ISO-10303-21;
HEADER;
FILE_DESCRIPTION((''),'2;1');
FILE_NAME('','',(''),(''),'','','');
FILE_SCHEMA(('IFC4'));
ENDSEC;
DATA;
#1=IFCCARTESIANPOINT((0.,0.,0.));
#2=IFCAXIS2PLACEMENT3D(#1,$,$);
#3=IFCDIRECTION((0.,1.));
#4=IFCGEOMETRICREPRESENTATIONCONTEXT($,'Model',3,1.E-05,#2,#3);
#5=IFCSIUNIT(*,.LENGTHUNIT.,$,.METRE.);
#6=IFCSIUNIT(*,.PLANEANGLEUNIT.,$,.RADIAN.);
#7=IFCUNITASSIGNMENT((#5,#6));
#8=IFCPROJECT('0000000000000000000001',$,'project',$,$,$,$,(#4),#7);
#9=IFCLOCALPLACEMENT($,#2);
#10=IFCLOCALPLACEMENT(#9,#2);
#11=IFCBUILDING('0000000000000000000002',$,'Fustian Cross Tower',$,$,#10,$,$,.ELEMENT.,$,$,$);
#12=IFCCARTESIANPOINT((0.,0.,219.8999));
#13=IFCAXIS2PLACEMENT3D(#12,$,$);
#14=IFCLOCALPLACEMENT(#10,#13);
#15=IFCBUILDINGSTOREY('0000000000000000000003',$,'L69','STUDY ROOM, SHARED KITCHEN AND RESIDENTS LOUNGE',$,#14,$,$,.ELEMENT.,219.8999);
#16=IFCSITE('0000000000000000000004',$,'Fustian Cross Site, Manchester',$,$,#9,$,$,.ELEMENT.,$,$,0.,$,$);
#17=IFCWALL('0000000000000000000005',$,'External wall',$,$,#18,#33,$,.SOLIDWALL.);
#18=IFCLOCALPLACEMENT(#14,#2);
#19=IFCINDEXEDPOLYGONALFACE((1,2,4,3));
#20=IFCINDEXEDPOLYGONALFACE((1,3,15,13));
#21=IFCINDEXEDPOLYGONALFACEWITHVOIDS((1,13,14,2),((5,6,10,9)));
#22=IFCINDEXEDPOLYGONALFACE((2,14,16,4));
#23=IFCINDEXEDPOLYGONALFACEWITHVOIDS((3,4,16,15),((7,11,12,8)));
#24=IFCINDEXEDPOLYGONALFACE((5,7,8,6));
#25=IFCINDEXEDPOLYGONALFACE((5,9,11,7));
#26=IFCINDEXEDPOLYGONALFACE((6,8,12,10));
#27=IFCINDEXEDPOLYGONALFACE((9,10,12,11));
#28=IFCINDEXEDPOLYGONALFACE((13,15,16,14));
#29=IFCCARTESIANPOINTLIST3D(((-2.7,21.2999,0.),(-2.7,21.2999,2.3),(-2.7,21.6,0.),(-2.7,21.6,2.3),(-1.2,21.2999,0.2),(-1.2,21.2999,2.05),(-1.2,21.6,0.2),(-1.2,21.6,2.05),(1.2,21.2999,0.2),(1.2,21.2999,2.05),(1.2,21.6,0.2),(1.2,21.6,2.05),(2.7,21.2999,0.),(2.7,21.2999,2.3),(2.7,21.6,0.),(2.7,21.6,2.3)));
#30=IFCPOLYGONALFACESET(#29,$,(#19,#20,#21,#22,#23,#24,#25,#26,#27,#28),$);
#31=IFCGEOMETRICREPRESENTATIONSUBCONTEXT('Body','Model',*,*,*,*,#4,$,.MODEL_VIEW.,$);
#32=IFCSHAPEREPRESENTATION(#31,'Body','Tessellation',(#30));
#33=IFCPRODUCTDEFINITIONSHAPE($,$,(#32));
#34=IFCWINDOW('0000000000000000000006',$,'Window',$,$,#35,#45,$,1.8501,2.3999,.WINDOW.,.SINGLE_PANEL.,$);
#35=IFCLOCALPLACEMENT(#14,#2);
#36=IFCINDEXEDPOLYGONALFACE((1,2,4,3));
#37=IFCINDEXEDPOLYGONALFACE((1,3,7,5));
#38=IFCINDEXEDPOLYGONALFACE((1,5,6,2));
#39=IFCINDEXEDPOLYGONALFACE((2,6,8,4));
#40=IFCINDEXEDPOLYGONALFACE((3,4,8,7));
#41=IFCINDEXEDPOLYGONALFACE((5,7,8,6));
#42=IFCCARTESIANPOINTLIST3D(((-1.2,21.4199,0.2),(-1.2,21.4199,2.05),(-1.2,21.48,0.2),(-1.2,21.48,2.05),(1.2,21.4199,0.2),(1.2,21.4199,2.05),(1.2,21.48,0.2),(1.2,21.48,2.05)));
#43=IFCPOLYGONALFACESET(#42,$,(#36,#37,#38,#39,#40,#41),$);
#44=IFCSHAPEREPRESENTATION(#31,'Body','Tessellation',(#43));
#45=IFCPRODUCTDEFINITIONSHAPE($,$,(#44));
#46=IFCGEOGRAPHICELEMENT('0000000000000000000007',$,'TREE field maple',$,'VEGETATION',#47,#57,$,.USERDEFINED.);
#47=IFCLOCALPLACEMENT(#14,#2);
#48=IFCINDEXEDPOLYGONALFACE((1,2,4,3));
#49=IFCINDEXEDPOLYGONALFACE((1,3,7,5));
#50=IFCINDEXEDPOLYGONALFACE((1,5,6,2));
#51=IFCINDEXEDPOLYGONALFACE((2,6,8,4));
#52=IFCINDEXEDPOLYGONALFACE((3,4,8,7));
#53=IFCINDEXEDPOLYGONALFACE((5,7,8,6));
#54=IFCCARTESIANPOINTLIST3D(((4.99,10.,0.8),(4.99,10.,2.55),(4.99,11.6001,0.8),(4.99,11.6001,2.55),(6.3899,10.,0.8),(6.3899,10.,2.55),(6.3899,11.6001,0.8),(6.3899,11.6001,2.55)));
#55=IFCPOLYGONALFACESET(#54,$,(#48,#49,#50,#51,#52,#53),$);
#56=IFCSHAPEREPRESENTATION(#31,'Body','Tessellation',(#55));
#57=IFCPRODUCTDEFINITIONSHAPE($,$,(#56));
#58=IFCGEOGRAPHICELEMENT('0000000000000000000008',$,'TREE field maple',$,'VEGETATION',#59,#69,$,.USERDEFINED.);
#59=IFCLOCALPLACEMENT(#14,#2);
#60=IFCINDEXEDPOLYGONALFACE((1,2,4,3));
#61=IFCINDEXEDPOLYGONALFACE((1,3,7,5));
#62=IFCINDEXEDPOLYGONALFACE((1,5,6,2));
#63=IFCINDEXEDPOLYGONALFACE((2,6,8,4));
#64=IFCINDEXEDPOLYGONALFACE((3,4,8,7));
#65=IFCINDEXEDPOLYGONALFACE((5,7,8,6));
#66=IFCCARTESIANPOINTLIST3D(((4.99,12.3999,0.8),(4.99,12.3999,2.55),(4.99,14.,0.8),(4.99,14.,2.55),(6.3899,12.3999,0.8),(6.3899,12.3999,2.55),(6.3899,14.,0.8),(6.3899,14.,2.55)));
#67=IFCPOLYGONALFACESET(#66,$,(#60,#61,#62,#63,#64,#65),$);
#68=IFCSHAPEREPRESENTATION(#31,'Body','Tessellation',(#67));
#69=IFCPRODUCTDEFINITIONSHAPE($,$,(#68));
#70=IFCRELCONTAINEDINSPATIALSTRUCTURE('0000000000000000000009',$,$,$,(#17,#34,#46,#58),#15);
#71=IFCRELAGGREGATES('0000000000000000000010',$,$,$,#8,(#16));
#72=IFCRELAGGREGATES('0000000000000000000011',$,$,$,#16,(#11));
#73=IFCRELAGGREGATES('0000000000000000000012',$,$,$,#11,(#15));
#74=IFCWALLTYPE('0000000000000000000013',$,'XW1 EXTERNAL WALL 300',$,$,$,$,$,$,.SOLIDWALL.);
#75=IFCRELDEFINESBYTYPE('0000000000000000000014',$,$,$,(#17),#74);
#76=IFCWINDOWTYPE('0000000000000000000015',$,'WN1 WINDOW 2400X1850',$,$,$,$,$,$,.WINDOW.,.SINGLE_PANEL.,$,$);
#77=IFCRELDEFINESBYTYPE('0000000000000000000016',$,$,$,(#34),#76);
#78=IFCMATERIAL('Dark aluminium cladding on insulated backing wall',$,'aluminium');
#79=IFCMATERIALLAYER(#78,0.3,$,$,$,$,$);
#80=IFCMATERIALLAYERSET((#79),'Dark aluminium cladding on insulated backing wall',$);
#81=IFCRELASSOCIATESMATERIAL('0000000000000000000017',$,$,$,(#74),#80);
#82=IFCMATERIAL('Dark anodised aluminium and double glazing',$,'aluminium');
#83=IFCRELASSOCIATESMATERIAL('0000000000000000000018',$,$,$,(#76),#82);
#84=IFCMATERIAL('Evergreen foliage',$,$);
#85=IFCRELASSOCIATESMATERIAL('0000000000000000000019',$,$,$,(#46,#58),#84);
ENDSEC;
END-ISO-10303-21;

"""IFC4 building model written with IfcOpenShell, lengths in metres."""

from ifc_helpers import new_model, si_unit, direction, frame, frame_2d, origin, origin_2d, place, context, subcontext, project, spatial, rectangle, extrude, material, layer, layer_set, type_object, element, fill, save


model = new_model("IFC4")

# Units and contexts
model_context = context("Model", 3, precision=1e-05, world=origin(), true_north=direction((0.0, 1.0)))
body_context = subcontext(model_context, "Body", "Model", "MODEL_VIEW")
ifc_project = project(units=[si_unit("LENGTHUNIT", "METRE"), si_unit("PLANEANGLEUNIT", "RADIAN")], contexts=[model_context])

# Site, building, storey
site_placement = place(None, origin())
site = spatial("IfcSite", under=ifc_project, at=site_placement, Name="Fustian Cross Site, Manchester", CompositionType="ELEMENT", RefElevation=0.0)
building_placement = place(site_placement, origin())
building = spatial("IfcBuilding", under=site, at=building_placement, Name="Fustian Cross Tower", CompositionType="ELEMENT")
storey_placement = place(building_placement, frame((0.0, 0.0, 219.8999)))
storey = spatial("IfcBuildingStorey", under=building, at=storey_placement, Name="L69", Description="STUDY ROOM, SHARED KITCHEN AND RESIDENTS LOUNGE", CompositionType="ELEMENT", Elevation=219.8999)

# Shared definitions
ifc_material_1 = material(Name="Dark aluminium cladding on insulated backing wall", Category="aluminium")
ifc_layer_1 = layer(ifc_material_1, 0.3)
ifc_layer_set_1 = layer_set([ifc_layer_1], Name="Dark aluminium cladding on insulated backing wall")
wall_type_1 = type_object("IfcWallType", Name="XW1 EXTERNAL WALL 300", PredefinedType="SOLIDWALL", material=ifc_layer_set_1)

# Wall, opening, window
wall_1_placement = place(storey_placement, frame((2.7, 21.45, 0.0), z_axis=(0.0, 0.0, 1.0), x_axis=(-1.0, 0.0, 0.0)))
wall_1 = element("IfcWall", 1, at=wall_1_placement, inside=storey, type_object=wall_type_1, Name="External wall", PredefinedType="SOLIDWALL", context=body_context, shape_type="SweptSolid", body=[
    extrude(rectangle(XDim=5.3999, YDim=0.3, at=frame_2d((2.7, 0.0))), origin(), (0.0, 0.0, 1.0), 2.3),
])
opening_1_placement = place(wall_1_placement, frame((1.5, 0.0, 0.2)))
opening_1 = element("IfcOpeningElement", 2, at=opening_1_placement, cuts=wall_1, PredefinedType="OPENING", context=body_context, shape_type="SweptSolid", body=[
    extrude(rectangle(XDim=2.3999, YDim=1.8501, at=frame_2d((1.2, 0.925))), frame((0.0, 0.1599, 0.0), z_axis=(0.0, -1.0, 0.0), x_axis=(1.0, 0.0, 0.0)), (0.0, 0.0, 1.0), 0.3201),
])
ifc_material_2 = material(Name="Dark anodised aluminium and double glazing", Category="aluminium")
window_type_1 = type_object("IfcWindowType", Name="WN1 WINDOW 2400X1850", PartitioningType="SINGLE_PANEL", PredefinedType="WINDOW", material=ifc_material_2)
window_1_placement = place(opening_1_placement, origin())
window_1 = element("IfcWindow", 3, at=window_1_placement, inside=storey, type_object=window_type_1, Name="Window", OverallHeight=1.8501, OverallWidth=2.3999, PartitioningType="SINGLE_PANEL", PredefinedType="WINDOW", context=body_context, shape_type="SweptSolid", body=[
    extrude(rectangle(XDim=2.3999, YDim=1.8501, at=frame_2d((1.2, 0.925))), frame((0.0, 0.03, 0.0), z_axis=(0.0, -1.0, 0.0), x_axis=(1.0, 0.0, 0.0)), (0.0, 0.0, 1.0), 0.0601),
])
fill(opening_1, window_1)

# Geographic elements
ifc_material_3 = material(Name="Evergreen foliage")
for number, where, z_axis, x_axis, name in (
    (4, (5.6899, 10.8, 0.8), (0.0, 0.0, 1.0), (1.0, 0.0, 0.0), "TREE field maple"),
    (5, (5.6899, 13.2, 0.8), (0.0, 0.0, 1.0), (1.0, 0.0, 0.0), "TREE field maple"),
):
    element("IfcGeographicElement", number, at=place(storey_placement, frame(where, z_axis=z_axis, x_axis=x_axis)), inside=storey, material=ifc_material_3, Name=name, ObjectType="VEGETATION", PredefinedType="USERDEFINED", context=body_context, shape_type="SweptSolid", body=[
        extrude(rectangle(XDim=1.3999, YDim=1.6001, at=origin_2d()), origin(), (0.0, 0.0, 1.0), 1.75),
    ])

save(model, "model.ifc")
